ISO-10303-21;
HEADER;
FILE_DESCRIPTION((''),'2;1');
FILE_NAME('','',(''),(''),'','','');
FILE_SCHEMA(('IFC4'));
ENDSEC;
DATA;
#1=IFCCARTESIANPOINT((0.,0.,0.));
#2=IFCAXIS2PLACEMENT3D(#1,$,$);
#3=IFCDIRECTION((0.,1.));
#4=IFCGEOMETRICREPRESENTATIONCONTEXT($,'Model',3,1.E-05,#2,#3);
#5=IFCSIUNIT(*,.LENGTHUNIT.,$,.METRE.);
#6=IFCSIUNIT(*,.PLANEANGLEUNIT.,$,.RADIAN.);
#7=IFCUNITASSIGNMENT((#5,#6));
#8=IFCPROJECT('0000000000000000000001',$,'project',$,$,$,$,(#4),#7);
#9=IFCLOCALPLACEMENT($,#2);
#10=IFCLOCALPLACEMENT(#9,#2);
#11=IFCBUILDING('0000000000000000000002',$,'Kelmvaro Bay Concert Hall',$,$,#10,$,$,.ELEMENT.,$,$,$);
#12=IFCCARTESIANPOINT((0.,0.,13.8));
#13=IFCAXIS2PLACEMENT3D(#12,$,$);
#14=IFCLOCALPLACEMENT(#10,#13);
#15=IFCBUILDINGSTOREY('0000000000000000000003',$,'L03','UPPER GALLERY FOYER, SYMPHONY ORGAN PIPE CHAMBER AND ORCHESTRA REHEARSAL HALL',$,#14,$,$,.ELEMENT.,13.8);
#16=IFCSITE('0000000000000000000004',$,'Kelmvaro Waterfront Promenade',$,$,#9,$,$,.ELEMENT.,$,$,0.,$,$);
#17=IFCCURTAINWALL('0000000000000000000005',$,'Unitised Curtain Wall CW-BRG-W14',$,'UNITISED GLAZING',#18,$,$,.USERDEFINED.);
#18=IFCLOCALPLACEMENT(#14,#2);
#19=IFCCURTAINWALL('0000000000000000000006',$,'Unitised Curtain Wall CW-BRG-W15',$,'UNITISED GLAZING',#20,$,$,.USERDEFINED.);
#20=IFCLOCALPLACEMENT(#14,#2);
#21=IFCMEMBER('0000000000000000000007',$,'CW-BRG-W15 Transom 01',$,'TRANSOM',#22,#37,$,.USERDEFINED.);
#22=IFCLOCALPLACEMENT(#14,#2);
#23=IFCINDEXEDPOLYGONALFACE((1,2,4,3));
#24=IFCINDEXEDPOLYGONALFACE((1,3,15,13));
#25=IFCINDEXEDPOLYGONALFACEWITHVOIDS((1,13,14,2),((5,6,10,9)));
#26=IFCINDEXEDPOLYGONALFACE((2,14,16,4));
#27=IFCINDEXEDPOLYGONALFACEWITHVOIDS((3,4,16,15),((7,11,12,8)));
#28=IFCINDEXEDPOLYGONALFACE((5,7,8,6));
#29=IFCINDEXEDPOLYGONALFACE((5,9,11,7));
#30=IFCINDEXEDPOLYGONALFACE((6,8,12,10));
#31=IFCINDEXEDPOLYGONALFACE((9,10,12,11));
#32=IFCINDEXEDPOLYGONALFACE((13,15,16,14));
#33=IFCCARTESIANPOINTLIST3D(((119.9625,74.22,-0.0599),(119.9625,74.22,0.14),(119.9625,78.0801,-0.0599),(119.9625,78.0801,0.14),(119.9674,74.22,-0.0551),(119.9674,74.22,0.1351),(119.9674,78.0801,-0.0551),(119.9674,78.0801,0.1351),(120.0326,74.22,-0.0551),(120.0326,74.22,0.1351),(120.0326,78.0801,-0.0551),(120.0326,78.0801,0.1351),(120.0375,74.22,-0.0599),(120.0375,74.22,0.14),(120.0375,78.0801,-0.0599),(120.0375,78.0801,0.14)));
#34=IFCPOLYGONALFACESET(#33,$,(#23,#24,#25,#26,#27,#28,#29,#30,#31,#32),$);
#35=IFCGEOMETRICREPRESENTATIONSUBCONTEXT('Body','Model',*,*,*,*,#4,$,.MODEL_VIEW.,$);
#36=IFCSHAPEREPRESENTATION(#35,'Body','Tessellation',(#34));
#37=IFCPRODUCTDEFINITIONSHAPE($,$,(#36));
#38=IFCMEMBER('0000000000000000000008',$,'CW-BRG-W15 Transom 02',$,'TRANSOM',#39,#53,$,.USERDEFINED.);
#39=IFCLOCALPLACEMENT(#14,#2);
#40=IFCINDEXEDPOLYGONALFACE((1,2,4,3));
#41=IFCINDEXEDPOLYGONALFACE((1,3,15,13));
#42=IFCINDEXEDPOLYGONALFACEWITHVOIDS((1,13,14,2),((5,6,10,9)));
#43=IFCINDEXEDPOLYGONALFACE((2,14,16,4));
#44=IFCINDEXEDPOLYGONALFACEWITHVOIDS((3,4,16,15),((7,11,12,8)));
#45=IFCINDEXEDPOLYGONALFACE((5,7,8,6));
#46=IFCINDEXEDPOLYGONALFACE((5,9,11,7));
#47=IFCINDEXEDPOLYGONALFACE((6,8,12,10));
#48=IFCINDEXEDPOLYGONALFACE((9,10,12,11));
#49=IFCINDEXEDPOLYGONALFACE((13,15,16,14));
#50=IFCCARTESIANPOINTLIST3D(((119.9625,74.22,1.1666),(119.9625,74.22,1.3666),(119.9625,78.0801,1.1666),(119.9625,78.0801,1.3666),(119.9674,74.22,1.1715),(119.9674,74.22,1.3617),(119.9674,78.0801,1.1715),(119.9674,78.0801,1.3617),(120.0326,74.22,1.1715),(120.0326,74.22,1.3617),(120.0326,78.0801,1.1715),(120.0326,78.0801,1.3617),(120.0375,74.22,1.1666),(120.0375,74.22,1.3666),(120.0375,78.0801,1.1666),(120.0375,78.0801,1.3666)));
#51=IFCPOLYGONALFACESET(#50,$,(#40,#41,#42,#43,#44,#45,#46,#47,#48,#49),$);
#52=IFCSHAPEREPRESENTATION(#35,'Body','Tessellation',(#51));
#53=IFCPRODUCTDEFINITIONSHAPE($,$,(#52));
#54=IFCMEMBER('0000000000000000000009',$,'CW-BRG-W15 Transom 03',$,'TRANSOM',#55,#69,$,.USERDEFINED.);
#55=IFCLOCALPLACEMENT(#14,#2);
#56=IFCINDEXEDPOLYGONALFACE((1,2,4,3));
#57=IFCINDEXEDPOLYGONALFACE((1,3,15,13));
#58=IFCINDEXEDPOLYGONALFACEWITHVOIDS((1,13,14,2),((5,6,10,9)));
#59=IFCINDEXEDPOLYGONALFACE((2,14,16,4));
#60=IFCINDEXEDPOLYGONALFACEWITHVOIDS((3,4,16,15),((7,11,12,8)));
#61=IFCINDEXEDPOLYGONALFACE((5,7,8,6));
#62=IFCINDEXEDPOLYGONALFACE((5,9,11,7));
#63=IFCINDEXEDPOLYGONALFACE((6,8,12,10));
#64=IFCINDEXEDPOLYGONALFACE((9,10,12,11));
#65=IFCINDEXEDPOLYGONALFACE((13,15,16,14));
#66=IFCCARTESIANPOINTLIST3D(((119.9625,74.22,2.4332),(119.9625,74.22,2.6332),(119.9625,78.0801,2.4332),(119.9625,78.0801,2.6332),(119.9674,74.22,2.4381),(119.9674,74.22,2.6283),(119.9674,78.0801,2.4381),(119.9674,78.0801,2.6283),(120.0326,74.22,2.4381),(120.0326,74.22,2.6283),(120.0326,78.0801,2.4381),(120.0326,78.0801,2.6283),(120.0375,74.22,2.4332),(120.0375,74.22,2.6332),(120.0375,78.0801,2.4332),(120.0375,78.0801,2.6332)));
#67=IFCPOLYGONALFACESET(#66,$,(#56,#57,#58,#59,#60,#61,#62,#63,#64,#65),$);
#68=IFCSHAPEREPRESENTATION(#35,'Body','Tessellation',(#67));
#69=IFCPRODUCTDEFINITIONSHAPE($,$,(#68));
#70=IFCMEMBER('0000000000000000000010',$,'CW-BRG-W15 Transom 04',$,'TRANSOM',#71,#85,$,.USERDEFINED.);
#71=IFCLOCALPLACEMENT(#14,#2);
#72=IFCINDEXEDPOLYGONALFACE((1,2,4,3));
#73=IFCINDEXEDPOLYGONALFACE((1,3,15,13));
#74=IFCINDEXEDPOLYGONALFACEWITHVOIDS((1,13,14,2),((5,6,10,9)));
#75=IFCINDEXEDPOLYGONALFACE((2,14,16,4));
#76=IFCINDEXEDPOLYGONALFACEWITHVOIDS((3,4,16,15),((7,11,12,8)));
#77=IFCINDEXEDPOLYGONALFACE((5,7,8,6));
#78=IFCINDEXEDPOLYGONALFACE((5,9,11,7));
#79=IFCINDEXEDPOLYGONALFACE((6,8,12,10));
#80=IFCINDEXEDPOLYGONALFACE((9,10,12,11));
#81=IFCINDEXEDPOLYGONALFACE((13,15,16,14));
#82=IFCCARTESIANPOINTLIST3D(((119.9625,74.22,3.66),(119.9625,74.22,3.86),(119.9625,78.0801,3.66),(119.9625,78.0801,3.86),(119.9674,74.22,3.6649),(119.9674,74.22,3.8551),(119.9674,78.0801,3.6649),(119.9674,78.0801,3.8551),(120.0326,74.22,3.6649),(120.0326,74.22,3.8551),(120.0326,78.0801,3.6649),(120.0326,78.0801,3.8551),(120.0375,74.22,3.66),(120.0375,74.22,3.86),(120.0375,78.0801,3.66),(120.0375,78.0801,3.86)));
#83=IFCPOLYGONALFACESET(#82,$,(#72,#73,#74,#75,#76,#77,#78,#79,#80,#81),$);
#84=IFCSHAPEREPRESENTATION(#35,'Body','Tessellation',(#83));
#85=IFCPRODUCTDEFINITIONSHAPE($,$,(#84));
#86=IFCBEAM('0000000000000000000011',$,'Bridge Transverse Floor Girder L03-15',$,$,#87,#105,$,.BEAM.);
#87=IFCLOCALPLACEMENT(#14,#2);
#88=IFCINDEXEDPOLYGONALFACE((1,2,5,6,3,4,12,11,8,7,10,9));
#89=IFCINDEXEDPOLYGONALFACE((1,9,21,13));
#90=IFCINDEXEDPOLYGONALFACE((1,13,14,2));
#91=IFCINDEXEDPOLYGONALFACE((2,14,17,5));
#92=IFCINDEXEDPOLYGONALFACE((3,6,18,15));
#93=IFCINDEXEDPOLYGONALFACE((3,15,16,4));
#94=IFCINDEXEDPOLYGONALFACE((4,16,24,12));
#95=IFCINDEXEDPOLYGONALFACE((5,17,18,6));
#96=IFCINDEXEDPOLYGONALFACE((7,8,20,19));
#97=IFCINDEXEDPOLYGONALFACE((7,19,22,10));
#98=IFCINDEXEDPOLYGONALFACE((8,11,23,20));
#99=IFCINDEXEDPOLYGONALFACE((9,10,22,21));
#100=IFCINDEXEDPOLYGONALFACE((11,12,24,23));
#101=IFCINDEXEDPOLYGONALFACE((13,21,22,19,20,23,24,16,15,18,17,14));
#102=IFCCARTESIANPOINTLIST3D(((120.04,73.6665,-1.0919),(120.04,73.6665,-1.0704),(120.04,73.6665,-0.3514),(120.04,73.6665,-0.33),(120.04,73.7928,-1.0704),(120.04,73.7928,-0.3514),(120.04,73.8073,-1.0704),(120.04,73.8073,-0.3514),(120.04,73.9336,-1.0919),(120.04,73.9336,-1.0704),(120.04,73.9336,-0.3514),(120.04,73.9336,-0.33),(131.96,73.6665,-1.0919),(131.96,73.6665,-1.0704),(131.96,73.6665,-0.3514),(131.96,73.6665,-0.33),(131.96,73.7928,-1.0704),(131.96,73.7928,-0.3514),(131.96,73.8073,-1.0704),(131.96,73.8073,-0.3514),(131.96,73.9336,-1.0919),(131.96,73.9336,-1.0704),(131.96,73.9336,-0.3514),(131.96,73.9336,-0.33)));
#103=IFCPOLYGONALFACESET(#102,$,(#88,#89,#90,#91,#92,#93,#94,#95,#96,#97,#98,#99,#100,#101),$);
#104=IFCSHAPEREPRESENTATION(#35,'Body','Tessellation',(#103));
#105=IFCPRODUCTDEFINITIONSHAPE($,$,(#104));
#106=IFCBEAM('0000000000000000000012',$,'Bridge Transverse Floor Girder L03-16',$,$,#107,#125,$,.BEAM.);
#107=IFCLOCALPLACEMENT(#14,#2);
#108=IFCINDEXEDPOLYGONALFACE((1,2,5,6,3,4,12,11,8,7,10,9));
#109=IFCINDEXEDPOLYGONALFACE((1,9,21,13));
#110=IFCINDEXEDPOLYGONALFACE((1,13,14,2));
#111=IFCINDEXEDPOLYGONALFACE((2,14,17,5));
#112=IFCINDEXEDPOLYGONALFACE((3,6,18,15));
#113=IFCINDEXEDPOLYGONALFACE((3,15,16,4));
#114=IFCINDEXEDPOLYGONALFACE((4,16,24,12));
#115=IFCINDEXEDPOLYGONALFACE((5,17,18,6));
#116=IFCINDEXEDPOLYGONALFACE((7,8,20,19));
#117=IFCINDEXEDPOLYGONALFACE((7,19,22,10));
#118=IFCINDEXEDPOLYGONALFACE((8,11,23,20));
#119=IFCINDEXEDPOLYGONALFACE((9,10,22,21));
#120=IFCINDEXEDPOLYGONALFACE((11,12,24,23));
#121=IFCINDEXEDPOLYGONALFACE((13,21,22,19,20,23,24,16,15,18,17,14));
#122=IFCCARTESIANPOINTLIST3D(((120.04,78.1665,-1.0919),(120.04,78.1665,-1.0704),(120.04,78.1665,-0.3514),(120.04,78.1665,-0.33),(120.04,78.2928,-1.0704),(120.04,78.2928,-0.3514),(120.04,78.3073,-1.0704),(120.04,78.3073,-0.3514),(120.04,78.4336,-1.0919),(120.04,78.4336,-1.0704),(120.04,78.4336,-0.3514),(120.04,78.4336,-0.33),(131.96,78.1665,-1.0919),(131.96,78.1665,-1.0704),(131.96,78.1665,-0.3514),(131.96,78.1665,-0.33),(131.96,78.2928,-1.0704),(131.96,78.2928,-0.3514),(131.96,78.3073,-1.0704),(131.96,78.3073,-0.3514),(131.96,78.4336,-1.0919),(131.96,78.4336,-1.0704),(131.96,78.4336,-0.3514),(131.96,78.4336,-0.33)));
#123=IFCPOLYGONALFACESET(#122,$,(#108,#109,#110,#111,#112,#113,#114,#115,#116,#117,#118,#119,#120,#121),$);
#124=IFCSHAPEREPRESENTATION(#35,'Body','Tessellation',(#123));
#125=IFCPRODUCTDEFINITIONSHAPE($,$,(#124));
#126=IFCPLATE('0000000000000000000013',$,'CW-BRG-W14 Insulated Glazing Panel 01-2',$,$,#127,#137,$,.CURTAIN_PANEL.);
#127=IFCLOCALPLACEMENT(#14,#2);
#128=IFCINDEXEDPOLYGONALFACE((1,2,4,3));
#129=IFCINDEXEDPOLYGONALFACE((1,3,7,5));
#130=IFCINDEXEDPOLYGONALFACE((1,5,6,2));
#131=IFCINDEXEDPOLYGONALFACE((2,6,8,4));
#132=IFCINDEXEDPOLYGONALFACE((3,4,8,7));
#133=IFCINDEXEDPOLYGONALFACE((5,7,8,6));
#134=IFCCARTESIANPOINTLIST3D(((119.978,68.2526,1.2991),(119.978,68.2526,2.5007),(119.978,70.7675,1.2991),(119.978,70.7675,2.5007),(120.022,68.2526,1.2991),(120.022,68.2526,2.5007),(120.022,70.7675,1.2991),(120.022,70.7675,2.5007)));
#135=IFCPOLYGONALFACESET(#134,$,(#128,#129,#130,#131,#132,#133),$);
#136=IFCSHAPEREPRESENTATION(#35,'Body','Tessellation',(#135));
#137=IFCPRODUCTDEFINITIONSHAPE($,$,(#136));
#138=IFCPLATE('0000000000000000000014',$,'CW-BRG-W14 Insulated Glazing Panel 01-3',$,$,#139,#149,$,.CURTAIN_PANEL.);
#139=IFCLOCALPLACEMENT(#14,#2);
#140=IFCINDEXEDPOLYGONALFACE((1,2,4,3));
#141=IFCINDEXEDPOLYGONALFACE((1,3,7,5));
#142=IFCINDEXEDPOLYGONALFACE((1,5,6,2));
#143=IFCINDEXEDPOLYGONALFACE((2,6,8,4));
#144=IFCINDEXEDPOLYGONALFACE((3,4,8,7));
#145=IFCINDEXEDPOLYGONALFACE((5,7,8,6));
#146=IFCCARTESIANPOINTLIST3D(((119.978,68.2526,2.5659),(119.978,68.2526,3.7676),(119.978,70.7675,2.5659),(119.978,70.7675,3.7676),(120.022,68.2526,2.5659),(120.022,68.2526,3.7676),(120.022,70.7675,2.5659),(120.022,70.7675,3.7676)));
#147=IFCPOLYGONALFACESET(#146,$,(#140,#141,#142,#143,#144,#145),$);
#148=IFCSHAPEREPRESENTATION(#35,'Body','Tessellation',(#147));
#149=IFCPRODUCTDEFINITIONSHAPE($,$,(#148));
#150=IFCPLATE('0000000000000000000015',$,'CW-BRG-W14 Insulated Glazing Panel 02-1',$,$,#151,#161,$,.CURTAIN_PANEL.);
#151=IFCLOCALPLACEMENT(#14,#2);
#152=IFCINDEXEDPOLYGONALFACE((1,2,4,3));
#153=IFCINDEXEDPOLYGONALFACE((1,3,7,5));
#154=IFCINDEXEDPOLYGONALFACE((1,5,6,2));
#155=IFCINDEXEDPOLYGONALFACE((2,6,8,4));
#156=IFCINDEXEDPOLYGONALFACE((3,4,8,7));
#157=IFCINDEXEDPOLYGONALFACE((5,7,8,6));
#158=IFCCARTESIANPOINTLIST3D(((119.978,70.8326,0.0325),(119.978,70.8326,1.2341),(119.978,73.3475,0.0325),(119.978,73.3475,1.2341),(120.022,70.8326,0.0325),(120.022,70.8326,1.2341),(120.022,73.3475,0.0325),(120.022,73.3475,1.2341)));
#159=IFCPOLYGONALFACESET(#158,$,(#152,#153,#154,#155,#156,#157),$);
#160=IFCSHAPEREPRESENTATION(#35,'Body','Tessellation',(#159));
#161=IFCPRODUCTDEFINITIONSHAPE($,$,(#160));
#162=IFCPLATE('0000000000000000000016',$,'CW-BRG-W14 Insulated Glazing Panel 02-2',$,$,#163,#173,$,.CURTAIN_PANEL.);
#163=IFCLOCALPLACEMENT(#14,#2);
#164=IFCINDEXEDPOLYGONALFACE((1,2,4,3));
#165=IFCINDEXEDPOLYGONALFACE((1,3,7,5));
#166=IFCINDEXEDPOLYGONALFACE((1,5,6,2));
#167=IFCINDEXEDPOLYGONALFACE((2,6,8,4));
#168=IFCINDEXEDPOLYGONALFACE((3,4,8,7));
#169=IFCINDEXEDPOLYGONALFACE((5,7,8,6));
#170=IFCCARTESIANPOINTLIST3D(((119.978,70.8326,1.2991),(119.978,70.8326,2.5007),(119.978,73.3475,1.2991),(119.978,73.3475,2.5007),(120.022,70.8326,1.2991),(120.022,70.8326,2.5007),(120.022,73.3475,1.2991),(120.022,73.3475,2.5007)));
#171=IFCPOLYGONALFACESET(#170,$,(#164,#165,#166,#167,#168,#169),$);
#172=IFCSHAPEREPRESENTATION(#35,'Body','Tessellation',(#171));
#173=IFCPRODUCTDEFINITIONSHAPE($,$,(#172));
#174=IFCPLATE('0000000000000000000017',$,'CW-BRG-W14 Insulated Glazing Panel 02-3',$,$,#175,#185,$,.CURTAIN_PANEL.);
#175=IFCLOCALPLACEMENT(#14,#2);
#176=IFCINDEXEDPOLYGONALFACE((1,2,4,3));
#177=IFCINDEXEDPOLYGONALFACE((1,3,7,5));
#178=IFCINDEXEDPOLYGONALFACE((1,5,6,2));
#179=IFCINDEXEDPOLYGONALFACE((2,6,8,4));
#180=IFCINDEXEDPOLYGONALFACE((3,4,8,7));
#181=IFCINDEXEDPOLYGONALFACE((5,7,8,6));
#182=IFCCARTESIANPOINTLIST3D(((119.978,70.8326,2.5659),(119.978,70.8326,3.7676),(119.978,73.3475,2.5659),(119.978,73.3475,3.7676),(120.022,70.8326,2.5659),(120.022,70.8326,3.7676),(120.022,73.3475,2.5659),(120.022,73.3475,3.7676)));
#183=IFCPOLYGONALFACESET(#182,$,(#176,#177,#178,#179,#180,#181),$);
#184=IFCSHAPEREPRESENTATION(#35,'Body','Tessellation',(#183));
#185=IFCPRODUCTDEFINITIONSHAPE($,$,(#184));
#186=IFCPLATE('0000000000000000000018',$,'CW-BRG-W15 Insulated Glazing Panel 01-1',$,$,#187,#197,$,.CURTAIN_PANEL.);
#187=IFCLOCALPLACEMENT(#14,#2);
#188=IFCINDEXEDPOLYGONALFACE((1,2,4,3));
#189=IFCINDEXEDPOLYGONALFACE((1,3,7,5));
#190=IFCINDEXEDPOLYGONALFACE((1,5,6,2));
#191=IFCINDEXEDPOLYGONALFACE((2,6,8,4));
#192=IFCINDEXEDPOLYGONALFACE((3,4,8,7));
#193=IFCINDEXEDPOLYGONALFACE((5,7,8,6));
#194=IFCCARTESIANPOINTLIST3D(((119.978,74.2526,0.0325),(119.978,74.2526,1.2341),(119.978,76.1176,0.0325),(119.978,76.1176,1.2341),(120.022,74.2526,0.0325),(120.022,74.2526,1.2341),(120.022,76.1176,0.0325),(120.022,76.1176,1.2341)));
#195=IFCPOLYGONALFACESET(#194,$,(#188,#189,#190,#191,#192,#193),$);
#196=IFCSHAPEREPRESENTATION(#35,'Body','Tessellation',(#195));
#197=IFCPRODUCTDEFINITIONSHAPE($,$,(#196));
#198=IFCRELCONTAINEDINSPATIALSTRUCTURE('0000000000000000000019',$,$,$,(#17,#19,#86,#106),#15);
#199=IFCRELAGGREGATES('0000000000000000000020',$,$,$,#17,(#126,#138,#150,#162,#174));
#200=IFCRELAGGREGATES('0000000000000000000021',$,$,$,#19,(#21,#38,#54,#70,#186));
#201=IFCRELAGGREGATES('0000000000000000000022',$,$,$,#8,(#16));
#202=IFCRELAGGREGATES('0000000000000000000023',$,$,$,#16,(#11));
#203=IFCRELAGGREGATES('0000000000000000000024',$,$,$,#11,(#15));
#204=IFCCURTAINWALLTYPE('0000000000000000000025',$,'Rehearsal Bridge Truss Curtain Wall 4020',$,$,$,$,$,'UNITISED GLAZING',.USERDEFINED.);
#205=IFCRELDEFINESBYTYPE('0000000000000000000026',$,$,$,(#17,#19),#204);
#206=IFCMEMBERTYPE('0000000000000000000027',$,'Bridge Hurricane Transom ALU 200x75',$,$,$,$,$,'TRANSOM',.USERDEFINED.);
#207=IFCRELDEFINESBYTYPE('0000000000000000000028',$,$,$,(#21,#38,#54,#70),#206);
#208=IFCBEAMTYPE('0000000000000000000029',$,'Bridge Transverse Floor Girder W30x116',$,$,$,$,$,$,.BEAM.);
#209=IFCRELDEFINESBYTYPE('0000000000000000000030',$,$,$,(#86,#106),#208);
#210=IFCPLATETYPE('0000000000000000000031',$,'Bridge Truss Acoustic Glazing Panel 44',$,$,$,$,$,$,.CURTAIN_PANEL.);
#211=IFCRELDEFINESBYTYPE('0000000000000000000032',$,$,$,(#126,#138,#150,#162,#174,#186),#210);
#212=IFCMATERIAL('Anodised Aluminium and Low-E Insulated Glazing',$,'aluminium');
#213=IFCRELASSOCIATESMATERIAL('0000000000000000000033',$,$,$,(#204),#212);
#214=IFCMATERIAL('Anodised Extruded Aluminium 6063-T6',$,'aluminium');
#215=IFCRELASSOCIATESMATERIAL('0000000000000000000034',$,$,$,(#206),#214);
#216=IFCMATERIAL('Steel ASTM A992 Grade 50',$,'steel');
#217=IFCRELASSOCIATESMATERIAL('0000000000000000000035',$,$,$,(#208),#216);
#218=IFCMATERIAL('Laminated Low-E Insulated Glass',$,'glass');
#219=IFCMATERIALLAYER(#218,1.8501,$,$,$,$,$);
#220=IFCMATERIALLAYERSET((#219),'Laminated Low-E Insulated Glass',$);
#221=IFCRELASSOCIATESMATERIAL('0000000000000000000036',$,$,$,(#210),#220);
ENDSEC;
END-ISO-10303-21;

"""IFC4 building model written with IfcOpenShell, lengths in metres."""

from ifc_helpers import new_model, si_unit, direction, frame, origin, origin_2d, place, context, subcontext, project, spatial, rectangle, hollow_rectangle, i_section, extrude, material, layer, layer_set, material_profile, profile_set, type_object, element, aggregate, save


model = new_model("IFC4")

# Units and contexts
model_context = context("Model", 3, precision=1e-05, world=origin(), true_north=direction((0.0, 1.0)))
body_context = subcontext(model_context, "Body", "Model", "MODEL_VIEW")
ifc_project = project(units=[si_unit("LENGTHUNIT", "METRE"), si_unit("PLANEANGLEUNIT", "RADIAN")], contexts=[model_context])

# Site, building, storey
site_placement = place(None, origin())
site = spatial("IfcSite", under=ifc_project, at=site_placement, Name="Kelmvaro Waterfront Promenade", CompositionType="ELEMENT", RefElevation=0.0)
building_placement = place(site_placement, origin())
building = spatial("IfcBuilding", under=site, at=building_placement, Name="Kelmvaro Bay Concert Hall", CompositionType="ELEMENT")
storey_placement = place(building_placement, frame((0.0, 0.0, 13.8)))
storey = spatial("IfcBuildingStorey", under=building, at=storey_placement, Name="L03", Description="UPPER GALLERY FOYER, SYMPHONY ORGAN PIPE CHAMBER AND ORCHESTRA REHEARSAL HALL", CompositionType="ELEMENT", Elevation=13.8)

# Curtain walls, members
ifc_material_1 = material(Name="Anodised Aluminium and Low-E Insulated Glazing", Category="aluminium")
curtain_wall_type = type_object("IfcCurtainWallType", Name="Rehearsal Bridge Truss Curtain Wall 4020", ElementType="UNITISED GLAZING", PredefinedType="USERDEFINED", material=ifc_material_1)
curtain_wall_1_placement = place(storey_placement, origin())
curtain_wall_1 = element("IfcCurtainWall", 1, at=curtain_wall_1_placement, inside=storey, type_object=curtain_wall_type, Name="Unitised Curtain Wall CW-BRG-W14", ObjectType="UNITISED GLAZING", PredefinedType="USERDEFINED")
curtain_wall_2_placement = place(storey_placement, origin())
curtain_wall_2 = element("IfcCurtainWall", 2, at=curtain_wall_2_placement, inside=storey, type_object=curtain_wall_type, Name="Unitised Curtain Wall CW-BRG-W15", ObjectType="UNITISED GLAZING", PredefinedType="USERDEFINED")
ifc_material_2 = material(Name="Anodised Extruded Aluminium 6063-T6", Category="aluminium")
ifc_material_profile_1 = material_profile(ifc_material_2, hollow_rectangle(XDim=0.075, YDim=0.2, WallThickness=0.0049, at=origin_2d()), Name="ALU-TRN-200X75")
ifc_profile_set_1 = profile_set([ifc_material_profile_1], Name="Anodised Extruded Aluminium 6063-T6")
member_type_1 = type_object("IfcMemberType", Name="Bridge Hurricane Transom ALU 200x75", ElementType="TRANSOM", PredefinedType="USERDEFINED", material=ifc_profile_set_1)
member_1_placement = place(storey_placement, frame((120.0, 74.22, 0.04), z_axis=(0.0, 1.0, 0.0), x_axis=(-1.0, 0.0, 0.0)))
member_1 = element("IfcMember", 3, at=member_1_placement, type_object=member_type_1, Name="CW-BRG-W15 Transom 01", ObjectType="TRANSOM", PredefinedType="USERDEFINED", context=body_context, shape_type="SweptSolid", body=[
    extrude(hollow_rectangle(XDim=0.075, YDim=0.2, WallThickness=0.0049, at=origin_2d()), origin(), (0.0, 0.0, 1.0), 3.8601),
])
member_2_placement = place(storey_placement, frame((120.0, 74.22, 1.2666), z_axis=(0.0, 1.0, 0.0), x_axis=(-1.0, 0.0, 0.0)))
member_2 = element("IfcMember", 4, at=member_2_placement, type_object=member_type_1, Name="CW-BRG-W15 Transom 02", ObjectType="TRANSOM", PredefinedType="USERDEFINED", context=body_context, shape_type="SweptSolid", body=[
    extrude(hollow_rectangle(XDim=0.075, YDim=0.2, WallThickness=0.0049, at=origin_2d()), origin(), (0.0, 0.0, 1.0), 3.8601),
])
member_3_placement = place(storey_placement, frame((120.0, 74.22, 2.5332), z_axis=(0.0, 1.0, 0.0), x_axis=(-1.0, 0.0, 0.0)))
member_3 = element("IfcMember", 5, at=member_3_placement, type_object=member_type_1, Name="CW-BRG-W15 Transom 03", ObjectType="TRANSOM", PredefinedType="USERDEFINED", context=body_context, shape_type="SweptSolid", body=[
    extrude(hollow_rectangle(XDim=0.075, YDim=0.2, WallThickness=0.0049, at=origin_2d()), origin(), (0.0, 0.0, 1.0), 3.8601),
])
member_4_placement = place(storey_placement, frame((120.0, 74.22, 3.76), z_axis=(0.0, 1.0, 0.0), x_axis=(-1.0, 0.0, 0.0)))
member_4 = element("IfcMember", 6, at=member_4_placement, type_object=member_type_1, Name="CW-BRG-W15 Transom 04", ObjectType="TRANSOM", PredefinedType="USERDEFINED", context=body_context, shape_type="SweptSolid", body=[
    extrude(hollow_rectangle(XDim=0.075, YDim=0.2, WallThickness=0.0049, at=origin_2d()), origin(), (0.0, 0.0, 1.0), 3.8601),
])

# Beams
ifc_material_3 = material(Name="Steel ASTM A992 Grade 50", Category="steel")
ifc_material_profile_2 = material_profile(ifc_material_3, i_section(OverallWidth=0.2671, OverallDepth=0.762, WebThickness=0.0144, FlangeThickness=0.0215, at=origin_2d()), Name="W30X116")
ifc_profile_set_2 = profile_set([ifc_material_profile_2], Name="Steel ASTM A992 Grade 50")
beam_type_1 = type_object("IfcBeamType", Name="Bridge Transverse Floor Girder W30x116", PredefinedType="BEAM", material=ifc_profile_set_2)
for number, where, z_axis, x_axis, name in (
    (7, (120.04, 73.8, -0.7109), (1.0, 0.0, 0.0), (0.0, 1.0, 0.0), "Bridge Transverse Floor Girder L03-15"),
    (8, (120.04, 78.3, -0.7109), (1.0, 0.0, 0.0), (0.0, 1.0, 0.0), "Bridge Transverse Floor Girder L03-16"),
):
    element("IfcBeam", number, at=place(storey_placement, frame(where, z_axis=z_axis, x_axis=x_axis)), inside=storey, type_object=beam_type_1, Name=name, PredefinedType="BEAM", context=body_context, shape_type="SweptSolid", body=[
        extrude(i_section(OverallWidth=0.2671, OverallDepth=0.762, WebThickness=0.0144, FlangeThickness=0.0215, at=origin_2d()), origin(), (0.0, 0.0, 1.0), 11.9199),
    ])

# Plates
ifc_material_4 = material(Name="Laminated Low-E Insulated Glass", Category="glass")
ifc_layer_1 = layer(ifc_material_4, 1.8501)
ifc_layer_set_1 = layer_set([ifc_layer_1], Name="Laminated Low-E Insulated Glass")
plate_type = type_object("IfcPlateType", Name="Bridge Truss Acoustic Glazing Panel 44", PredefinedType="CURTAIN_PANEL", material=ifc_layer_set_1)
plate_1_placement = place(storey_placement, frame((120.0, 69.51, 1.2991), z_axis=(0.0, 0.0, 1.0), x_axis=(0.0, 1.0, 0.0)))
plate_1 = element("IfcPlate", 9, at=plate_1_placement, type_object=plate_type, Name="CW-BRG-W14 Insulated Glazing Panel 01-2", PredefinedType="CURTAIN_PANEL", context=body_context, shape_type="SweptSolid", body=[
    extrude(rectangle(XDim=2.5149, YDim=0.0439, at=origin_2d()), origin(), (0.0, 0.0, 1.0), 1.2017),
])
plate_2_placement = place(storey_placement, frame((120.0, 69.51, 2.5659), z_axis=(0.0, 0.0, 1.0), x_axis=(0.0, 1.0, 0.0)))
plate_2 = element("IfcPlate", 10, at=plate_2_placement, type_object=plate_type, Name="CW-BRG-W14 Insulated Glazing Panel 01-3", PredefinedType="CURTAIN_PANEL", context=body_context, shape_type="SweptSolid", body=[
    extrude(rectangle(XDim=2.5149, YDim=0.0439, at=origin_2d()), origin(), (0.0, 0.0, 1.0), 1.2017),
])
plate_3_placement = place(storey_placement, frame((120.0, 72.0901, 0.0325), z_axis=(0.0, 0.0, 1.0), x_axis=(0.0, 1.0, 0.0)))
plate_3 = element("IfcPlate", 11, at=plate_3_placement, type_object=plate_type, Name="CW-BRG-W14 Insulated Glazing Panel 02-1", PredefinedType="CURTAIN_PANEL", context=body_context, shape_type="SweptSolid", body=[
    extrude(rectangle(XDim=2.5149, YDim=0.0439, at=origin_2d()), origin(), (0.0, 0.0, 1.0), 1.2017),
])
plate_4_placement = place(storey_placement, frame((120.0, 72.0901, 1.2991), z_axis=(0.0, 0.0, 1.0), x_axis=(0.0, 1.0, 0.0)))
plate_4 = element("IfcPlate", 12, at=plate_4_placement, type_object=plate_type, Name="CW-BRG-W14 Insulated Glazing Panel 02-2", PredefinedType="CURTAIN_PANEL", context=body_context, shape_type="SweptSolid", body=[
    extrude(rectangle(XDim=2.5149, YDim=0.0439, at=origin_2d()), origin(), (0.0, 0.0, 1.0), 1.2017),
])
plate_5_placement = place(storey_placement, frame((120.0, 72.0901, 2.5659), z_axis=(0.0, 0.0, 1.0), x_axis=(0.0, 1.0, 0.0)))
plate_5 = element("IfcPlate", 13, at=plate_5_placement, type_object=plate_type, Name="CW-BRG-W14 Insulated Glazing Panel 02-3", PredefinedType="CURTAIN_PANEL", context=body_context, shape_type="SweptSolid", body=[
    extrude(rectangle(XDim=2.5149, YDim=0.0439, at=origin_2d()), origin(), (0.0, 0.0, 1.0), 1.2017),
])
aggregate(curtain_wall_1, [plate_1, plate_2, plate_3, plate_4, plate_5])
plate_6_placement = place(storey_placement, frame((120.0, 75.1851, 0.0325), z_axis=(0.0, 0.0, 1.0), x_axis=(0.0, 1.0, 0.0)))
plate_6 = element("IfcPlate", 14, at=plate_6_placement, type_object=plate_type, Name="CW-BRG-W15 Insulated Glazing Panel 01-1", PredefinedType="CURTAIN_PANEL", context=body_context, shape_type="SweptSolid", body=[
    extrude(rectangle(XDim=1.865, YDim=0.0439, at=origin_2d()), origin(), (0.0, 0.0, 1.0), 1.2017),
])
aggregate(curtain_wall_2, [member_1, member_2, member_3, member_4, plate_6])

save(model, "model.ifc")
